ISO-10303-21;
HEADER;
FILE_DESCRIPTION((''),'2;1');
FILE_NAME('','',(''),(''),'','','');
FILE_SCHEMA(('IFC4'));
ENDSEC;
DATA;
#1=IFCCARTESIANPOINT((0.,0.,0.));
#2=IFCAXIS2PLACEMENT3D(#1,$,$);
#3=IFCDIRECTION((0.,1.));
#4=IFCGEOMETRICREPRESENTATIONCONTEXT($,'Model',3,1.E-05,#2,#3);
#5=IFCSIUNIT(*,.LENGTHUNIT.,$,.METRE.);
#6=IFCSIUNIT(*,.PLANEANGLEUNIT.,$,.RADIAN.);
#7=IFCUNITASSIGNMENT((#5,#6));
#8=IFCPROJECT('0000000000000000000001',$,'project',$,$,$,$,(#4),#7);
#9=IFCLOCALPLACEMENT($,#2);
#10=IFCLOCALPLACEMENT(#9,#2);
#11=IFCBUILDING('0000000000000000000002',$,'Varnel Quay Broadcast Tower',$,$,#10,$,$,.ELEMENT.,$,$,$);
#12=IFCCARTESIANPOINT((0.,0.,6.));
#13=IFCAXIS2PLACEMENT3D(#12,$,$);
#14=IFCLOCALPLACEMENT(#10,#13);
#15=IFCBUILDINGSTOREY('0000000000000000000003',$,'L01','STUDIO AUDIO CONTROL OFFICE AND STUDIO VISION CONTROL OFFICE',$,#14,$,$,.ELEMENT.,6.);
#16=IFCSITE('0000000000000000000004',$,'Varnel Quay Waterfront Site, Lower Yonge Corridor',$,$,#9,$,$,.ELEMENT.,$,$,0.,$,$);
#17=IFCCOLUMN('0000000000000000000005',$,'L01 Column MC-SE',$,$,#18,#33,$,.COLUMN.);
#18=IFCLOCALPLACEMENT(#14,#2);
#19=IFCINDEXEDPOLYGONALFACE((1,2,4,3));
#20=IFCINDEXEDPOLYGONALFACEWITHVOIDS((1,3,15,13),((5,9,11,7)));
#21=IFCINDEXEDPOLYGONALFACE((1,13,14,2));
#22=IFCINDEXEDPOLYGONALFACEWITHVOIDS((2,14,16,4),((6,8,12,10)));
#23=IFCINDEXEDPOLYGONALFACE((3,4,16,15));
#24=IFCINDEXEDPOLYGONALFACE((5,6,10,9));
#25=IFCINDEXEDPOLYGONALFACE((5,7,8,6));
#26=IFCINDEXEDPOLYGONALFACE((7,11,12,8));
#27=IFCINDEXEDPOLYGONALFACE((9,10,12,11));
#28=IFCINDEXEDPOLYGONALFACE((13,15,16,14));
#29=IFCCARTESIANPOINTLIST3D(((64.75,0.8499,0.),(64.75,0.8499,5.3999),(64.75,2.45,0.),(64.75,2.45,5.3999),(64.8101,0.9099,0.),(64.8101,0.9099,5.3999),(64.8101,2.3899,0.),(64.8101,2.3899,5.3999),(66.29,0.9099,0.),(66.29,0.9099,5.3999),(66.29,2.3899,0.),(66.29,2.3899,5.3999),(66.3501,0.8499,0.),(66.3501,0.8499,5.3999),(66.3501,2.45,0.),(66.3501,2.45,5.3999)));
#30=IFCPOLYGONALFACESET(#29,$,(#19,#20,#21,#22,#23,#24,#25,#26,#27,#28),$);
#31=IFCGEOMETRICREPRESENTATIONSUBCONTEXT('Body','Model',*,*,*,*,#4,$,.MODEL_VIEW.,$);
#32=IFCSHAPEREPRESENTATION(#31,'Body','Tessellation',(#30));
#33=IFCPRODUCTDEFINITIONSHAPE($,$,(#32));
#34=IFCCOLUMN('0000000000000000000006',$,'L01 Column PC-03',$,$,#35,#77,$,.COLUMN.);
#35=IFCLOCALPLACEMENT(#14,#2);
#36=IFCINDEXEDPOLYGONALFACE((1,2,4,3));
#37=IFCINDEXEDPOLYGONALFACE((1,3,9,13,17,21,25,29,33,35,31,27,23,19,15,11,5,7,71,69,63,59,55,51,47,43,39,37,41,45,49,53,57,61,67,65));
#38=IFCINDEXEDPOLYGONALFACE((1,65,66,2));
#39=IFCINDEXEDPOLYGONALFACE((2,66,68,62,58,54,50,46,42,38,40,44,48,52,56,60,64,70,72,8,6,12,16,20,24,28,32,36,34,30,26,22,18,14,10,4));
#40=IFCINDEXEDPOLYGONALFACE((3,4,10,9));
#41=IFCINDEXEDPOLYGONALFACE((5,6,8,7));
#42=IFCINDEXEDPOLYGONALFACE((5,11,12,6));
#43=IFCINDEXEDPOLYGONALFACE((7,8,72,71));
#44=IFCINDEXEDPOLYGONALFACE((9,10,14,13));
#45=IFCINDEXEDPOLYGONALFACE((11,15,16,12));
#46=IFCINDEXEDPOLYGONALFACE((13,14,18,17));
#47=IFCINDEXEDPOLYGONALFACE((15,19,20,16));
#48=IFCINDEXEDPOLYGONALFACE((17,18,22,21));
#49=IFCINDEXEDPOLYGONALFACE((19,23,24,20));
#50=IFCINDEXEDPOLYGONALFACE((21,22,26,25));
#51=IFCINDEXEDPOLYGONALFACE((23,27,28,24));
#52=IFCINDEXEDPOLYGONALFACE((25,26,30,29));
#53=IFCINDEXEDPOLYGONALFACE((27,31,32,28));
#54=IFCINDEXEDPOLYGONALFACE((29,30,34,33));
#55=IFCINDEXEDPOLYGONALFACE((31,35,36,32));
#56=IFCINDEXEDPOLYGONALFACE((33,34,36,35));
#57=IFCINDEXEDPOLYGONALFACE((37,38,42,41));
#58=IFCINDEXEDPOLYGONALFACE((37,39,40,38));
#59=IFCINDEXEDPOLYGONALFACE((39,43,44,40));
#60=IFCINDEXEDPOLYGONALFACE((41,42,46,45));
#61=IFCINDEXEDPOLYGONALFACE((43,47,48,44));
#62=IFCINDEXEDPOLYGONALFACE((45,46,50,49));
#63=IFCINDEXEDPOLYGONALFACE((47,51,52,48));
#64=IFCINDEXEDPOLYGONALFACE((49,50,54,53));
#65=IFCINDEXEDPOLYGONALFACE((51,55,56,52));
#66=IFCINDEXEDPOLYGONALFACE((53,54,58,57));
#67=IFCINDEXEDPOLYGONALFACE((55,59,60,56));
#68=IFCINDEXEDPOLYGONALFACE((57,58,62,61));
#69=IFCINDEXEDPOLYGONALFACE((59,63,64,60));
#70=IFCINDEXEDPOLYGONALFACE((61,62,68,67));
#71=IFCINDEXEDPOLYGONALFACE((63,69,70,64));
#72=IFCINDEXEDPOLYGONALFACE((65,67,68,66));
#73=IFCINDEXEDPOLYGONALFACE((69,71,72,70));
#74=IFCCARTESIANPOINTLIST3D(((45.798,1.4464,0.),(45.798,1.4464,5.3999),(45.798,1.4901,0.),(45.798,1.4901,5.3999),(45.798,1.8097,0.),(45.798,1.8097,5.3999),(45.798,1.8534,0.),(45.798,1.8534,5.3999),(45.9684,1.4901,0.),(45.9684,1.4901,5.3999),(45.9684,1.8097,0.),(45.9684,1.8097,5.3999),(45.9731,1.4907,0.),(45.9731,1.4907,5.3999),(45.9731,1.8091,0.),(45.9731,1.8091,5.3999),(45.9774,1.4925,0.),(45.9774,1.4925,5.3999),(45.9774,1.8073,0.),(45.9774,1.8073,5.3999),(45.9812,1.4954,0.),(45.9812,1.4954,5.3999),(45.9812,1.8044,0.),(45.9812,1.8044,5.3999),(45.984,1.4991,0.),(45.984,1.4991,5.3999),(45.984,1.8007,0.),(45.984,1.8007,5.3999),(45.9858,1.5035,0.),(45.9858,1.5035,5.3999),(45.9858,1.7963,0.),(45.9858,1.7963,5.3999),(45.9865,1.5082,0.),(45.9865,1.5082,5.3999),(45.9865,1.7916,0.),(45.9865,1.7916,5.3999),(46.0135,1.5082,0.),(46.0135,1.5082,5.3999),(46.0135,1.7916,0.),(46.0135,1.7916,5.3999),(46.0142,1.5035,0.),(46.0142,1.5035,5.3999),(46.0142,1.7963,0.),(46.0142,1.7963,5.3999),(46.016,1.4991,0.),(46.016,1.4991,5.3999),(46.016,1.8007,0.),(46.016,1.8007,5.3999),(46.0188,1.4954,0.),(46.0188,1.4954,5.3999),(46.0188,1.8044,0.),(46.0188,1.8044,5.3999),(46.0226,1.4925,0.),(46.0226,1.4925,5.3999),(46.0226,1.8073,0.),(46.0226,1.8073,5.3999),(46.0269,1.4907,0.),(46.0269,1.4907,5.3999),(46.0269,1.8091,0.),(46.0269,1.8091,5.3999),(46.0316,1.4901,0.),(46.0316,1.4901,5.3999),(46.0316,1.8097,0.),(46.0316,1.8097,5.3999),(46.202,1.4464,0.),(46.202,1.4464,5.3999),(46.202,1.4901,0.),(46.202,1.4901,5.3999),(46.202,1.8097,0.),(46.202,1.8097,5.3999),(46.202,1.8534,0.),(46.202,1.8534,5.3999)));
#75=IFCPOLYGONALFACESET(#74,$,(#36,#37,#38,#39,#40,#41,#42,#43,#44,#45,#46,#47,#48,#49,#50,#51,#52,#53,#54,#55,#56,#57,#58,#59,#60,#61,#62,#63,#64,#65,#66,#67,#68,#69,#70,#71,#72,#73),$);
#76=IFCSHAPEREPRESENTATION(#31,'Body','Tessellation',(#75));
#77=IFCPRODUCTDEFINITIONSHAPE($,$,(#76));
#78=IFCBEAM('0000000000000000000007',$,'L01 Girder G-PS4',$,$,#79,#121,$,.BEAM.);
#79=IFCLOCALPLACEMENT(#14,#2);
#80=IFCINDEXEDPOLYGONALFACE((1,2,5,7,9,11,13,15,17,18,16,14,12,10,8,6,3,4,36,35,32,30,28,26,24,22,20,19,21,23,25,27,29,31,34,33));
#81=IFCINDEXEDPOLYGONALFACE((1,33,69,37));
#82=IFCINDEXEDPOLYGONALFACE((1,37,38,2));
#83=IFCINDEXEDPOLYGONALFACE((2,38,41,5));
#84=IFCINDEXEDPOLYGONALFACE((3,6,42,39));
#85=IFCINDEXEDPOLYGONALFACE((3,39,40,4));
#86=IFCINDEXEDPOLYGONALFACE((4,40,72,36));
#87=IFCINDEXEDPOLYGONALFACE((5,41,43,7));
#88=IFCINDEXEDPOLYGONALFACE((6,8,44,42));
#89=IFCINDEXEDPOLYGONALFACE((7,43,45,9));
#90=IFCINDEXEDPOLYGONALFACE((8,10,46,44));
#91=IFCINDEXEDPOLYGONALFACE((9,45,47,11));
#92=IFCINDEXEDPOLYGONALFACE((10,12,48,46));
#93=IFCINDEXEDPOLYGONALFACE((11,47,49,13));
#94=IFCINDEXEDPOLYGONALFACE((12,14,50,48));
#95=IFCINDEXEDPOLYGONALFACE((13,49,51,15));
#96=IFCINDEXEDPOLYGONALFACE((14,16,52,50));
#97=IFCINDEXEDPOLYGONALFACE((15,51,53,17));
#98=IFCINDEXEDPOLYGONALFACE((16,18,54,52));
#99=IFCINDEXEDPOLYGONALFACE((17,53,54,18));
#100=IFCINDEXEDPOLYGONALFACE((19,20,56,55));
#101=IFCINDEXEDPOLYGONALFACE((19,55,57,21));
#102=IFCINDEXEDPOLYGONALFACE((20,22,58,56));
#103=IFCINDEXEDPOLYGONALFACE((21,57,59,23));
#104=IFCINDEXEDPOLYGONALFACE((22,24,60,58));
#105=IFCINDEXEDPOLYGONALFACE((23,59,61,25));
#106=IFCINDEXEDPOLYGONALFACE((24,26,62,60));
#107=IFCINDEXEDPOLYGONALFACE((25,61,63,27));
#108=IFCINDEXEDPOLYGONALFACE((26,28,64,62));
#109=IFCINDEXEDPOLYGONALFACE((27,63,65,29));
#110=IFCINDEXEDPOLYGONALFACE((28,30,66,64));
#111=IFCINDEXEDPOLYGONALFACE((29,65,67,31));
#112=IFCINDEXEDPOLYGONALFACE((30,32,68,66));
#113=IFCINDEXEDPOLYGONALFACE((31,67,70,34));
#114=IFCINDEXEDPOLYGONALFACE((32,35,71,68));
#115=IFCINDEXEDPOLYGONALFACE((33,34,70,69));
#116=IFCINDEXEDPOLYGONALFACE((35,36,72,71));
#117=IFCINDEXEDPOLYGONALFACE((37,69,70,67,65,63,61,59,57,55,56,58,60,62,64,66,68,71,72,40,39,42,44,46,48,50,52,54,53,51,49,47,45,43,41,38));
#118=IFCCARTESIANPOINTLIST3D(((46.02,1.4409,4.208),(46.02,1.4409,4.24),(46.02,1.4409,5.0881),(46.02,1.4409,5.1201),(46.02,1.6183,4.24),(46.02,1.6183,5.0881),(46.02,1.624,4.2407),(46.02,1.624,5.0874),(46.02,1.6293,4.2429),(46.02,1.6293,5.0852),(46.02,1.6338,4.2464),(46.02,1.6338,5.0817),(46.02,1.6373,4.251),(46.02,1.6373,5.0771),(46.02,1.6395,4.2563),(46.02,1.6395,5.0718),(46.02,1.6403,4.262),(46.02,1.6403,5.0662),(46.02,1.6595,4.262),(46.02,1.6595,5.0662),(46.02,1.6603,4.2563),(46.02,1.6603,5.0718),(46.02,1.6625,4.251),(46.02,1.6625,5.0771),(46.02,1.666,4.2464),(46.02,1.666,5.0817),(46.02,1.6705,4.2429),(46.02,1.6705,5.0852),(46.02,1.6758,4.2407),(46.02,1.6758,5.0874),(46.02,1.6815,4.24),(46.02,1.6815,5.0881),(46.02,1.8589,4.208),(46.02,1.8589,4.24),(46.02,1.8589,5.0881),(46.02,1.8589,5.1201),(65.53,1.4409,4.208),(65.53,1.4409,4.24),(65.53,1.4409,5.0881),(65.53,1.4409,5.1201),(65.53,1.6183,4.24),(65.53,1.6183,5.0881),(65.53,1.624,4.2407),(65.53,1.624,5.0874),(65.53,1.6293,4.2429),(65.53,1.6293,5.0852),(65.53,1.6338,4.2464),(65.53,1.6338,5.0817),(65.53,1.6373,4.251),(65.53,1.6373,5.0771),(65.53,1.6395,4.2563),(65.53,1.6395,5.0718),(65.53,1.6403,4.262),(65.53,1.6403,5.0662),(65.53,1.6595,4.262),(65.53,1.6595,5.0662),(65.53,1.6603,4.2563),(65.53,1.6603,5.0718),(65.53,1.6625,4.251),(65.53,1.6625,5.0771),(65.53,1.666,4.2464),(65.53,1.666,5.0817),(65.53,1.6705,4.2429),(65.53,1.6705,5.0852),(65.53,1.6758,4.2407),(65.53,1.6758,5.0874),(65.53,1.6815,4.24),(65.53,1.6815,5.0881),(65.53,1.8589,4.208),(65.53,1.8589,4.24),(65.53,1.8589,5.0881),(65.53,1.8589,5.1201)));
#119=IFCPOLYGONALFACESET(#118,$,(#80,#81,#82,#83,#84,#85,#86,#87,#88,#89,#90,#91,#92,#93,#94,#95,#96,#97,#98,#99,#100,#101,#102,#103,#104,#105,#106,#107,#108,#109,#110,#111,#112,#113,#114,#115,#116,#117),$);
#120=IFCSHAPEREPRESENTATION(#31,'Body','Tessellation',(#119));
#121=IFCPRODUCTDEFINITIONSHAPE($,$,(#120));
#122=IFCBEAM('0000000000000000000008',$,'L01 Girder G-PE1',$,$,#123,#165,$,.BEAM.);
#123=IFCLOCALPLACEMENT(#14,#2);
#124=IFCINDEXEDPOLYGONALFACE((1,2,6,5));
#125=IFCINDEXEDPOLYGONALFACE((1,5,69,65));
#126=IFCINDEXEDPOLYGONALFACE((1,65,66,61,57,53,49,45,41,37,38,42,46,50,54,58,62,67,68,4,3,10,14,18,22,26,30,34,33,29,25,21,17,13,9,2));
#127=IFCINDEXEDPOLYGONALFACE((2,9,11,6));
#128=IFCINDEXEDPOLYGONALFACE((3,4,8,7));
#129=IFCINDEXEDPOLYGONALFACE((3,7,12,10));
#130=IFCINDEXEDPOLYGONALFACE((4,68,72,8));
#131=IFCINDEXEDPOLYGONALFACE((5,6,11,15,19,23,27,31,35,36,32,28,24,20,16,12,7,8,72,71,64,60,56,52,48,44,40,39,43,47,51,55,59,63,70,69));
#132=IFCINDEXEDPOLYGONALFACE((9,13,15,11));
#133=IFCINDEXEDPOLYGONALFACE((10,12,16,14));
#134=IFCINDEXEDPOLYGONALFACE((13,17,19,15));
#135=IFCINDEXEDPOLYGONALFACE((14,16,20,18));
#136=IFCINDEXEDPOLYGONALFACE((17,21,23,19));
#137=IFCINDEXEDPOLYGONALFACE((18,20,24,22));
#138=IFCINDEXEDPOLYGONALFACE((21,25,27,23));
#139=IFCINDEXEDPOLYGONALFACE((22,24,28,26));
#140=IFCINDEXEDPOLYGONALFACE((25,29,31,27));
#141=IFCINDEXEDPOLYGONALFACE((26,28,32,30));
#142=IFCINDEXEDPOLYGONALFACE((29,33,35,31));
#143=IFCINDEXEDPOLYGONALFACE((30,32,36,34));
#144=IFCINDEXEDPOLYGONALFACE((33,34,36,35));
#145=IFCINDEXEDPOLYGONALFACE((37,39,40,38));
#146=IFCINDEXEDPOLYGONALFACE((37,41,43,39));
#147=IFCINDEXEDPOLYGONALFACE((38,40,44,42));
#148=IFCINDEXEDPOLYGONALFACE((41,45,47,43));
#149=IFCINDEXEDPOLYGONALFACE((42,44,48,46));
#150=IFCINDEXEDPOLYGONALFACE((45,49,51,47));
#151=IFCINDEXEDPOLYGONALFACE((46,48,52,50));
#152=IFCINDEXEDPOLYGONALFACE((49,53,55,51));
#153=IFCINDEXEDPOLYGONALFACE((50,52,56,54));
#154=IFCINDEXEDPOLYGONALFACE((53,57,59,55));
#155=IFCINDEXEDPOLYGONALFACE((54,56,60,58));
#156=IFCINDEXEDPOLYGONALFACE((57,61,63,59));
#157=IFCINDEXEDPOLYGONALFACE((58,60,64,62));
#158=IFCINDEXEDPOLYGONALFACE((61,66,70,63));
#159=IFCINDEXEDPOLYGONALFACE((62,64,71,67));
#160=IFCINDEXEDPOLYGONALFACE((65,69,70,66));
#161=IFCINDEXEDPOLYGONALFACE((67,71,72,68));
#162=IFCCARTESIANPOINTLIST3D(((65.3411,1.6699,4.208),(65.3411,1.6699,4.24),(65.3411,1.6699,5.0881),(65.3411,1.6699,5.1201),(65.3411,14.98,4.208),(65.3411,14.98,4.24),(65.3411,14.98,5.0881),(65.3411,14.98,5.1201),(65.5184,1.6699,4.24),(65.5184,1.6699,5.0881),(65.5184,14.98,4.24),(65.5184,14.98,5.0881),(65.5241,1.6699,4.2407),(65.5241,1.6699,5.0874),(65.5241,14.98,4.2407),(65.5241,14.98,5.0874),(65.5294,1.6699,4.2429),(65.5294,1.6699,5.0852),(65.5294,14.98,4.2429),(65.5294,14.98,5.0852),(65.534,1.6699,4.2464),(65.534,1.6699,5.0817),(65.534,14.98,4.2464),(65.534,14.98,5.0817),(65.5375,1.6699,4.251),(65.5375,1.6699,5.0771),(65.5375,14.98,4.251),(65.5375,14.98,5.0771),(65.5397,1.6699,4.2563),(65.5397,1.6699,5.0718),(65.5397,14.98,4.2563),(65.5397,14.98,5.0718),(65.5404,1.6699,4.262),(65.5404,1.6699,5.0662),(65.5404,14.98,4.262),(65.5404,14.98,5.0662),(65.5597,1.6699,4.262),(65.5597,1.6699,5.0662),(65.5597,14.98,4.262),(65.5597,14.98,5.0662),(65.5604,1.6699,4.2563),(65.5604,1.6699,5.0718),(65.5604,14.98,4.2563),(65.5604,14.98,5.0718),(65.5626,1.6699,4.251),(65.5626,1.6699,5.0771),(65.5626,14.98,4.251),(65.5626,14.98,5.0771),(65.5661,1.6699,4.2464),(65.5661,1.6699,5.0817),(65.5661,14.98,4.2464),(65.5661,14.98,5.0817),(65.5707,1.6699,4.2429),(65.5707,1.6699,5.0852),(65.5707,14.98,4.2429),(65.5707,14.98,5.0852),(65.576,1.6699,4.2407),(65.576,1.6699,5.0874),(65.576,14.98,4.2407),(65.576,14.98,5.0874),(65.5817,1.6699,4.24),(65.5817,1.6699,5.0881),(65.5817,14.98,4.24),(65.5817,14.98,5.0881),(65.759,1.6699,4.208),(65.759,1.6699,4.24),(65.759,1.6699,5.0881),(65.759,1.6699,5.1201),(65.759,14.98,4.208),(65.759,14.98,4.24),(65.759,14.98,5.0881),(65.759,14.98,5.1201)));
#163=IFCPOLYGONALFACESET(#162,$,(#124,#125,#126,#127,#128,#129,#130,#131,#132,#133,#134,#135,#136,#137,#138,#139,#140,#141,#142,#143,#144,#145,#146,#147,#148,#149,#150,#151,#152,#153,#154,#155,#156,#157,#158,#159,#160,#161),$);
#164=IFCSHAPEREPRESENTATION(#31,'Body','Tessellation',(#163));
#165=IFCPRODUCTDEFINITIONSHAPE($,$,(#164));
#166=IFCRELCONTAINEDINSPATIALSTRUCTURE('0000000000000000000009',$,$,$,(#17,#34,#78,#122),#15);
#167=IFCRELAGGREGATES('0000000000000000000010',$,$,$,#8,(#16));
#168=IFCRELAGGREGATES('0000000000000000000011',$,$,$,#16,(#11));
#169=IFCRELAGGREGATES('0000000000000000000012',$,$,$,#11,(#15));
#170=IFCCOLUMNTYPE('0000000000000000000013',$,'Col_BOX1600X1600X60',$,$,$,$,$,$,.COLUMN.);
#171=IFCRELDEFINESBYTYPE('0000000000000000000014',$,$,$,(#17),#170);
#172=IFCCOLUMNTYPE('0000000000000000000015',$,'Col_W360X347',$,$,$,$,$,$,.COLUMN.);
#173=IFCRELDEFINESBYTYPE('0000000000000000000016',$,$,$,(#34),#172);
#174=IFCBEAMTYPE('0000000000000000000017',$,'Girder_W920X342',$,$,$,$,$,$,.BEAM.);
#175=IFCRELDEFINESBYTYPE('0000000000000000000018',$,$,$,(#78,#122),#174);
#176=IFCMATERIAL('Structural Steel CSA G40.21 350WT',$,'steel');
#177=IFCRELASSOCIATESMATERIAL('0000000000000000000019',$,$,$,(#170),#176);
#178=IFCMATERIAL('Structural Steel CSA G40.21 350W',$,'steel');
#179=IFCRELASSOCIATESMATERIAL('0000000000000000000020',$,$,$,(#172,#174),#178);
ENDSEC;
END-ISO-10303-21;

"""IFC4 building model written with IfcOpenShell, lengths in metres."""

from ifc_helpers import new_model, si_unit, direction, frame, origin, origin_2d, place, context, subcontext, project, spatial, hollow_rectangle, i_section, extrude, source, transform, mapped, material, material_profile, profile_set, type_object, type_shapes, element, save


model = new_model("IFC4")

# Units and contexts
model_context = context("Model", 3, precision=1e-05, world=origin(), true_north=direction((0.0, 1.0)))
body_context = subcontext(model_context, "Body", "Model", "MODEL_VIEW")
ifc_project = project(units=[si_unit("LENGTHUNIT", "METRE"), si_unit("PLANEANGLEUNIT", "RADIAN")], contexts=[model_context])

# Site, building, storey
site_placement = place(None, origin())
site = spatial("IfcSite", under=ifc_project, at=site_placement, Name="Varnel Quay Waterfront Site, Lower Yonge Corridor", CompositionType="ELEMENT", RefElevation=0.0)
building_placement = place(site_placement, origin())
building = spatial("IfcBuilding", under=site, at=building_placement, Name="Varnel Quay Broadcast Tower", CompositionType="ELEMENT")
storey_placement = place(building_placement, frame((0.0, 0.0, 6.0)))
storey = spatial("IfcBuildingStorey", under=building, at=storey_placement, Name="L01", Description="STUDIO AUDIO CONTROL OFFICE AND STUDIO VISION CONTROL OFFICE", CompositionType="ELEMENT", Elevation=6.0)

# Columns
ifc_material_1 = material(Name="Structural Steel CSA G40.21 350WT", Category="steel")
ifc_material_profile_1 = material_profile(ifc_material_1, hollow_rectangle(XDim=1.6001, YDim=1.6001, WallThickness=0.0601, at=origin_2d()), Name="BOX1600X1600X60")
ifc_profile_set_1 = profile_set([ifc_material_profile_1], Name="Structural Steel CSA G40.21 350WT")
column_type_1 = type_object("IfcColumnType", Name="Col_BOX1600X1600X60", PredefinedType="COLUMN", material=ifc_profile_set_1)
shared_shape_1 = source(origin(), body_context, "Body", "SweptSolid", [
    extrude(hollow_rectangle(XDim=1.6001, YDim=1.6001, WallThickness=0.0601, at=origin_2d()), origin(), (0.0, 0.0, 1.0), 5.3999),
])
type_shapes(column_type_1, [shared_shape_1])
column_1_placement = place(storey_placement, frame((65.55, 1.6499, 0.0), z_axis=(0.0, 0.0, 1.0), x_axis=(1.0, 0.0, 0.0)))
element("IfcColumn", 1, at=column_1_placement, inside=storey, type_object=column_type_1, Name="L01 Column MC-SE", PredefinedType="COLUMN", context=body_context, shape_type="MappedRepresentation", body=[
    mapped(shared_shape_1, transform((0.0, 0.0, 0.0), x_axis=(1.0, 0.0, 0.0), y_axis=(0.0, 1.0, 0.0), z_axis=(0.0, 0.0, 1.0), scale=1.0)),
])
ifc_material_2 = material(Name="Structural Steel CSA G40.21 350W", Category="steel")
ifc_material_profile_2 = material_profile(ifc_material_2, i_section(OverallWidth=0.4041, OverallDepth=0.407, WebThickness=0.0271, FlangeThickness=0.0437, FilletRadius=0.0181, at=origin_2d()), Name="W360X347")
ifc_profile_set_2 = profile_set([ifc_material_profile_2], Name="Structural Steel CSA G40.21 350W")
column_type_2 = type_object("IfcColumnType", Name="Col_W360X347", PredefinedType="COLUMN", material=ifc_profile_set_2)
shared_shape_2 = source(origin(), body_context, "Body", "SweptSolid", [
    extrude(i_section(OverallWidth=0.4041, OverallDepth=0.407, WebThickness=0.0271, FlangeThickness=0.0437, FilletRadius=0.0181, at=origin_2d()), origin(), (0.0, 0.0, 1.0), 5.3999),
])
type_shapes(column_type_2, [shared_shape_2])
column_2_placement = place(storey_placement, frame((46.0, 1.6499, 0.0), z_axis=(0.0, 0.0, 1.0), x_axis=(1.0, 0.0, 0.0)))
element("IfcColumn", 2, at=column_2_placement, inside=storey, type_object=column_type_2, Name="L01 Column PC-03", PredefinedType="COLUMN", context=body_context, shape_type="MappedRepresentation", body=[
    mapped(shared_shape_2, transform((0.0, 0.0, 0.0), x_axis=(1.0, 0.0, 0.0), y_axis=(0.0, 1.0, 0.0), z_axis=(0.0, 0.0, 1.0), scale=1.0)),
])

# Beams
ifc_material_profile_3 = material_profile(ifc_material_2, i_section(OverallWidth=0.418, OverallDepth=0.9121, WebThickness=0.0193, FlangeThickness=0.032, FilletRadius=0.022, at=origin_2d()), Name="W920X342")
ifc_profile_set_3 = profile_set([ifc_material_profile_3], Name="Structural Steel CSA G40.21 350W")
beam_type = type_object("IfcBeamType", Name="Girder_W920X342", PredefinedType="BEAM", material=ifc_profile_set_3)
shared_shape_3 = source(origin(), body_context, "Body", "SweptSolid", [
    extrude(i_section(OverallWidth=0.418, OverallDepth=0.9121, WebThickness=0.0193, FlangeThickness=0.032, FilletRadius=0.022, at=origin_2d()), origin(), (0.0, 0.0, 1.0), 19.51),
])
beam_1_placement = place(storey_placement, frame((46.02, 1.6499, 4.6641), z_axis=(1.0, 0.0, 0.0), x_axis=(0.0, 1.0, 0.0)))
element("IfcBeam", 3, at=beam_1_placement, inside=storey, type_object=beam_type, Name="L01 Girder G-PS4", PredefinedType="BEAM", context=body_context, shape_type="MappedRepresentation", body=[
    mapped(shared_shape_3, transform((0.0, 0.0, 0.0), x_axis=(1.0, 0.0, 0.0), y_axis=(0.0, 1.0, 0.0), z_axis=(0.0, 0.0, 1.0), scale=1.0)),
])
shared_shape_4 = source(origin(), body_context, "Body", "SweptSolid", [
    extrude(i_section(OverallWidth=0.418, OverallDepth=0.9121, WebThickness=0.0193, FlangeThickness=0.032, FilletRadius=0.022, at=origin_2d()), origin(), (0.0, 0.0, 1.0), 13.3101),
])
beam_2_placement = place(storey_placement, frame((65.55, 1.6699, 4.6641), z_axis=(0.0, 1.0, 0.0), x_axis=(-1.0, 0.0, 0.0)))
element("IfcBeam", 4, at=beam_2_placement, inside=storey, type_object=beam_type, Name="L01 Girder G-PE1", PredefinedType="BEAM", context=body_context, shape_type="MappedRepresentation", body=[
    mapped(shared_shape_4, transform((0.0, 0.0, 0.0), x_axis=(1.0, 0.0, 0.0), y_axis=(0.0, 1.0, 0.0), z_axis=(0.0, 0.0, 1.0), scale=1.0)),
])

save(model, "model.ifc")
